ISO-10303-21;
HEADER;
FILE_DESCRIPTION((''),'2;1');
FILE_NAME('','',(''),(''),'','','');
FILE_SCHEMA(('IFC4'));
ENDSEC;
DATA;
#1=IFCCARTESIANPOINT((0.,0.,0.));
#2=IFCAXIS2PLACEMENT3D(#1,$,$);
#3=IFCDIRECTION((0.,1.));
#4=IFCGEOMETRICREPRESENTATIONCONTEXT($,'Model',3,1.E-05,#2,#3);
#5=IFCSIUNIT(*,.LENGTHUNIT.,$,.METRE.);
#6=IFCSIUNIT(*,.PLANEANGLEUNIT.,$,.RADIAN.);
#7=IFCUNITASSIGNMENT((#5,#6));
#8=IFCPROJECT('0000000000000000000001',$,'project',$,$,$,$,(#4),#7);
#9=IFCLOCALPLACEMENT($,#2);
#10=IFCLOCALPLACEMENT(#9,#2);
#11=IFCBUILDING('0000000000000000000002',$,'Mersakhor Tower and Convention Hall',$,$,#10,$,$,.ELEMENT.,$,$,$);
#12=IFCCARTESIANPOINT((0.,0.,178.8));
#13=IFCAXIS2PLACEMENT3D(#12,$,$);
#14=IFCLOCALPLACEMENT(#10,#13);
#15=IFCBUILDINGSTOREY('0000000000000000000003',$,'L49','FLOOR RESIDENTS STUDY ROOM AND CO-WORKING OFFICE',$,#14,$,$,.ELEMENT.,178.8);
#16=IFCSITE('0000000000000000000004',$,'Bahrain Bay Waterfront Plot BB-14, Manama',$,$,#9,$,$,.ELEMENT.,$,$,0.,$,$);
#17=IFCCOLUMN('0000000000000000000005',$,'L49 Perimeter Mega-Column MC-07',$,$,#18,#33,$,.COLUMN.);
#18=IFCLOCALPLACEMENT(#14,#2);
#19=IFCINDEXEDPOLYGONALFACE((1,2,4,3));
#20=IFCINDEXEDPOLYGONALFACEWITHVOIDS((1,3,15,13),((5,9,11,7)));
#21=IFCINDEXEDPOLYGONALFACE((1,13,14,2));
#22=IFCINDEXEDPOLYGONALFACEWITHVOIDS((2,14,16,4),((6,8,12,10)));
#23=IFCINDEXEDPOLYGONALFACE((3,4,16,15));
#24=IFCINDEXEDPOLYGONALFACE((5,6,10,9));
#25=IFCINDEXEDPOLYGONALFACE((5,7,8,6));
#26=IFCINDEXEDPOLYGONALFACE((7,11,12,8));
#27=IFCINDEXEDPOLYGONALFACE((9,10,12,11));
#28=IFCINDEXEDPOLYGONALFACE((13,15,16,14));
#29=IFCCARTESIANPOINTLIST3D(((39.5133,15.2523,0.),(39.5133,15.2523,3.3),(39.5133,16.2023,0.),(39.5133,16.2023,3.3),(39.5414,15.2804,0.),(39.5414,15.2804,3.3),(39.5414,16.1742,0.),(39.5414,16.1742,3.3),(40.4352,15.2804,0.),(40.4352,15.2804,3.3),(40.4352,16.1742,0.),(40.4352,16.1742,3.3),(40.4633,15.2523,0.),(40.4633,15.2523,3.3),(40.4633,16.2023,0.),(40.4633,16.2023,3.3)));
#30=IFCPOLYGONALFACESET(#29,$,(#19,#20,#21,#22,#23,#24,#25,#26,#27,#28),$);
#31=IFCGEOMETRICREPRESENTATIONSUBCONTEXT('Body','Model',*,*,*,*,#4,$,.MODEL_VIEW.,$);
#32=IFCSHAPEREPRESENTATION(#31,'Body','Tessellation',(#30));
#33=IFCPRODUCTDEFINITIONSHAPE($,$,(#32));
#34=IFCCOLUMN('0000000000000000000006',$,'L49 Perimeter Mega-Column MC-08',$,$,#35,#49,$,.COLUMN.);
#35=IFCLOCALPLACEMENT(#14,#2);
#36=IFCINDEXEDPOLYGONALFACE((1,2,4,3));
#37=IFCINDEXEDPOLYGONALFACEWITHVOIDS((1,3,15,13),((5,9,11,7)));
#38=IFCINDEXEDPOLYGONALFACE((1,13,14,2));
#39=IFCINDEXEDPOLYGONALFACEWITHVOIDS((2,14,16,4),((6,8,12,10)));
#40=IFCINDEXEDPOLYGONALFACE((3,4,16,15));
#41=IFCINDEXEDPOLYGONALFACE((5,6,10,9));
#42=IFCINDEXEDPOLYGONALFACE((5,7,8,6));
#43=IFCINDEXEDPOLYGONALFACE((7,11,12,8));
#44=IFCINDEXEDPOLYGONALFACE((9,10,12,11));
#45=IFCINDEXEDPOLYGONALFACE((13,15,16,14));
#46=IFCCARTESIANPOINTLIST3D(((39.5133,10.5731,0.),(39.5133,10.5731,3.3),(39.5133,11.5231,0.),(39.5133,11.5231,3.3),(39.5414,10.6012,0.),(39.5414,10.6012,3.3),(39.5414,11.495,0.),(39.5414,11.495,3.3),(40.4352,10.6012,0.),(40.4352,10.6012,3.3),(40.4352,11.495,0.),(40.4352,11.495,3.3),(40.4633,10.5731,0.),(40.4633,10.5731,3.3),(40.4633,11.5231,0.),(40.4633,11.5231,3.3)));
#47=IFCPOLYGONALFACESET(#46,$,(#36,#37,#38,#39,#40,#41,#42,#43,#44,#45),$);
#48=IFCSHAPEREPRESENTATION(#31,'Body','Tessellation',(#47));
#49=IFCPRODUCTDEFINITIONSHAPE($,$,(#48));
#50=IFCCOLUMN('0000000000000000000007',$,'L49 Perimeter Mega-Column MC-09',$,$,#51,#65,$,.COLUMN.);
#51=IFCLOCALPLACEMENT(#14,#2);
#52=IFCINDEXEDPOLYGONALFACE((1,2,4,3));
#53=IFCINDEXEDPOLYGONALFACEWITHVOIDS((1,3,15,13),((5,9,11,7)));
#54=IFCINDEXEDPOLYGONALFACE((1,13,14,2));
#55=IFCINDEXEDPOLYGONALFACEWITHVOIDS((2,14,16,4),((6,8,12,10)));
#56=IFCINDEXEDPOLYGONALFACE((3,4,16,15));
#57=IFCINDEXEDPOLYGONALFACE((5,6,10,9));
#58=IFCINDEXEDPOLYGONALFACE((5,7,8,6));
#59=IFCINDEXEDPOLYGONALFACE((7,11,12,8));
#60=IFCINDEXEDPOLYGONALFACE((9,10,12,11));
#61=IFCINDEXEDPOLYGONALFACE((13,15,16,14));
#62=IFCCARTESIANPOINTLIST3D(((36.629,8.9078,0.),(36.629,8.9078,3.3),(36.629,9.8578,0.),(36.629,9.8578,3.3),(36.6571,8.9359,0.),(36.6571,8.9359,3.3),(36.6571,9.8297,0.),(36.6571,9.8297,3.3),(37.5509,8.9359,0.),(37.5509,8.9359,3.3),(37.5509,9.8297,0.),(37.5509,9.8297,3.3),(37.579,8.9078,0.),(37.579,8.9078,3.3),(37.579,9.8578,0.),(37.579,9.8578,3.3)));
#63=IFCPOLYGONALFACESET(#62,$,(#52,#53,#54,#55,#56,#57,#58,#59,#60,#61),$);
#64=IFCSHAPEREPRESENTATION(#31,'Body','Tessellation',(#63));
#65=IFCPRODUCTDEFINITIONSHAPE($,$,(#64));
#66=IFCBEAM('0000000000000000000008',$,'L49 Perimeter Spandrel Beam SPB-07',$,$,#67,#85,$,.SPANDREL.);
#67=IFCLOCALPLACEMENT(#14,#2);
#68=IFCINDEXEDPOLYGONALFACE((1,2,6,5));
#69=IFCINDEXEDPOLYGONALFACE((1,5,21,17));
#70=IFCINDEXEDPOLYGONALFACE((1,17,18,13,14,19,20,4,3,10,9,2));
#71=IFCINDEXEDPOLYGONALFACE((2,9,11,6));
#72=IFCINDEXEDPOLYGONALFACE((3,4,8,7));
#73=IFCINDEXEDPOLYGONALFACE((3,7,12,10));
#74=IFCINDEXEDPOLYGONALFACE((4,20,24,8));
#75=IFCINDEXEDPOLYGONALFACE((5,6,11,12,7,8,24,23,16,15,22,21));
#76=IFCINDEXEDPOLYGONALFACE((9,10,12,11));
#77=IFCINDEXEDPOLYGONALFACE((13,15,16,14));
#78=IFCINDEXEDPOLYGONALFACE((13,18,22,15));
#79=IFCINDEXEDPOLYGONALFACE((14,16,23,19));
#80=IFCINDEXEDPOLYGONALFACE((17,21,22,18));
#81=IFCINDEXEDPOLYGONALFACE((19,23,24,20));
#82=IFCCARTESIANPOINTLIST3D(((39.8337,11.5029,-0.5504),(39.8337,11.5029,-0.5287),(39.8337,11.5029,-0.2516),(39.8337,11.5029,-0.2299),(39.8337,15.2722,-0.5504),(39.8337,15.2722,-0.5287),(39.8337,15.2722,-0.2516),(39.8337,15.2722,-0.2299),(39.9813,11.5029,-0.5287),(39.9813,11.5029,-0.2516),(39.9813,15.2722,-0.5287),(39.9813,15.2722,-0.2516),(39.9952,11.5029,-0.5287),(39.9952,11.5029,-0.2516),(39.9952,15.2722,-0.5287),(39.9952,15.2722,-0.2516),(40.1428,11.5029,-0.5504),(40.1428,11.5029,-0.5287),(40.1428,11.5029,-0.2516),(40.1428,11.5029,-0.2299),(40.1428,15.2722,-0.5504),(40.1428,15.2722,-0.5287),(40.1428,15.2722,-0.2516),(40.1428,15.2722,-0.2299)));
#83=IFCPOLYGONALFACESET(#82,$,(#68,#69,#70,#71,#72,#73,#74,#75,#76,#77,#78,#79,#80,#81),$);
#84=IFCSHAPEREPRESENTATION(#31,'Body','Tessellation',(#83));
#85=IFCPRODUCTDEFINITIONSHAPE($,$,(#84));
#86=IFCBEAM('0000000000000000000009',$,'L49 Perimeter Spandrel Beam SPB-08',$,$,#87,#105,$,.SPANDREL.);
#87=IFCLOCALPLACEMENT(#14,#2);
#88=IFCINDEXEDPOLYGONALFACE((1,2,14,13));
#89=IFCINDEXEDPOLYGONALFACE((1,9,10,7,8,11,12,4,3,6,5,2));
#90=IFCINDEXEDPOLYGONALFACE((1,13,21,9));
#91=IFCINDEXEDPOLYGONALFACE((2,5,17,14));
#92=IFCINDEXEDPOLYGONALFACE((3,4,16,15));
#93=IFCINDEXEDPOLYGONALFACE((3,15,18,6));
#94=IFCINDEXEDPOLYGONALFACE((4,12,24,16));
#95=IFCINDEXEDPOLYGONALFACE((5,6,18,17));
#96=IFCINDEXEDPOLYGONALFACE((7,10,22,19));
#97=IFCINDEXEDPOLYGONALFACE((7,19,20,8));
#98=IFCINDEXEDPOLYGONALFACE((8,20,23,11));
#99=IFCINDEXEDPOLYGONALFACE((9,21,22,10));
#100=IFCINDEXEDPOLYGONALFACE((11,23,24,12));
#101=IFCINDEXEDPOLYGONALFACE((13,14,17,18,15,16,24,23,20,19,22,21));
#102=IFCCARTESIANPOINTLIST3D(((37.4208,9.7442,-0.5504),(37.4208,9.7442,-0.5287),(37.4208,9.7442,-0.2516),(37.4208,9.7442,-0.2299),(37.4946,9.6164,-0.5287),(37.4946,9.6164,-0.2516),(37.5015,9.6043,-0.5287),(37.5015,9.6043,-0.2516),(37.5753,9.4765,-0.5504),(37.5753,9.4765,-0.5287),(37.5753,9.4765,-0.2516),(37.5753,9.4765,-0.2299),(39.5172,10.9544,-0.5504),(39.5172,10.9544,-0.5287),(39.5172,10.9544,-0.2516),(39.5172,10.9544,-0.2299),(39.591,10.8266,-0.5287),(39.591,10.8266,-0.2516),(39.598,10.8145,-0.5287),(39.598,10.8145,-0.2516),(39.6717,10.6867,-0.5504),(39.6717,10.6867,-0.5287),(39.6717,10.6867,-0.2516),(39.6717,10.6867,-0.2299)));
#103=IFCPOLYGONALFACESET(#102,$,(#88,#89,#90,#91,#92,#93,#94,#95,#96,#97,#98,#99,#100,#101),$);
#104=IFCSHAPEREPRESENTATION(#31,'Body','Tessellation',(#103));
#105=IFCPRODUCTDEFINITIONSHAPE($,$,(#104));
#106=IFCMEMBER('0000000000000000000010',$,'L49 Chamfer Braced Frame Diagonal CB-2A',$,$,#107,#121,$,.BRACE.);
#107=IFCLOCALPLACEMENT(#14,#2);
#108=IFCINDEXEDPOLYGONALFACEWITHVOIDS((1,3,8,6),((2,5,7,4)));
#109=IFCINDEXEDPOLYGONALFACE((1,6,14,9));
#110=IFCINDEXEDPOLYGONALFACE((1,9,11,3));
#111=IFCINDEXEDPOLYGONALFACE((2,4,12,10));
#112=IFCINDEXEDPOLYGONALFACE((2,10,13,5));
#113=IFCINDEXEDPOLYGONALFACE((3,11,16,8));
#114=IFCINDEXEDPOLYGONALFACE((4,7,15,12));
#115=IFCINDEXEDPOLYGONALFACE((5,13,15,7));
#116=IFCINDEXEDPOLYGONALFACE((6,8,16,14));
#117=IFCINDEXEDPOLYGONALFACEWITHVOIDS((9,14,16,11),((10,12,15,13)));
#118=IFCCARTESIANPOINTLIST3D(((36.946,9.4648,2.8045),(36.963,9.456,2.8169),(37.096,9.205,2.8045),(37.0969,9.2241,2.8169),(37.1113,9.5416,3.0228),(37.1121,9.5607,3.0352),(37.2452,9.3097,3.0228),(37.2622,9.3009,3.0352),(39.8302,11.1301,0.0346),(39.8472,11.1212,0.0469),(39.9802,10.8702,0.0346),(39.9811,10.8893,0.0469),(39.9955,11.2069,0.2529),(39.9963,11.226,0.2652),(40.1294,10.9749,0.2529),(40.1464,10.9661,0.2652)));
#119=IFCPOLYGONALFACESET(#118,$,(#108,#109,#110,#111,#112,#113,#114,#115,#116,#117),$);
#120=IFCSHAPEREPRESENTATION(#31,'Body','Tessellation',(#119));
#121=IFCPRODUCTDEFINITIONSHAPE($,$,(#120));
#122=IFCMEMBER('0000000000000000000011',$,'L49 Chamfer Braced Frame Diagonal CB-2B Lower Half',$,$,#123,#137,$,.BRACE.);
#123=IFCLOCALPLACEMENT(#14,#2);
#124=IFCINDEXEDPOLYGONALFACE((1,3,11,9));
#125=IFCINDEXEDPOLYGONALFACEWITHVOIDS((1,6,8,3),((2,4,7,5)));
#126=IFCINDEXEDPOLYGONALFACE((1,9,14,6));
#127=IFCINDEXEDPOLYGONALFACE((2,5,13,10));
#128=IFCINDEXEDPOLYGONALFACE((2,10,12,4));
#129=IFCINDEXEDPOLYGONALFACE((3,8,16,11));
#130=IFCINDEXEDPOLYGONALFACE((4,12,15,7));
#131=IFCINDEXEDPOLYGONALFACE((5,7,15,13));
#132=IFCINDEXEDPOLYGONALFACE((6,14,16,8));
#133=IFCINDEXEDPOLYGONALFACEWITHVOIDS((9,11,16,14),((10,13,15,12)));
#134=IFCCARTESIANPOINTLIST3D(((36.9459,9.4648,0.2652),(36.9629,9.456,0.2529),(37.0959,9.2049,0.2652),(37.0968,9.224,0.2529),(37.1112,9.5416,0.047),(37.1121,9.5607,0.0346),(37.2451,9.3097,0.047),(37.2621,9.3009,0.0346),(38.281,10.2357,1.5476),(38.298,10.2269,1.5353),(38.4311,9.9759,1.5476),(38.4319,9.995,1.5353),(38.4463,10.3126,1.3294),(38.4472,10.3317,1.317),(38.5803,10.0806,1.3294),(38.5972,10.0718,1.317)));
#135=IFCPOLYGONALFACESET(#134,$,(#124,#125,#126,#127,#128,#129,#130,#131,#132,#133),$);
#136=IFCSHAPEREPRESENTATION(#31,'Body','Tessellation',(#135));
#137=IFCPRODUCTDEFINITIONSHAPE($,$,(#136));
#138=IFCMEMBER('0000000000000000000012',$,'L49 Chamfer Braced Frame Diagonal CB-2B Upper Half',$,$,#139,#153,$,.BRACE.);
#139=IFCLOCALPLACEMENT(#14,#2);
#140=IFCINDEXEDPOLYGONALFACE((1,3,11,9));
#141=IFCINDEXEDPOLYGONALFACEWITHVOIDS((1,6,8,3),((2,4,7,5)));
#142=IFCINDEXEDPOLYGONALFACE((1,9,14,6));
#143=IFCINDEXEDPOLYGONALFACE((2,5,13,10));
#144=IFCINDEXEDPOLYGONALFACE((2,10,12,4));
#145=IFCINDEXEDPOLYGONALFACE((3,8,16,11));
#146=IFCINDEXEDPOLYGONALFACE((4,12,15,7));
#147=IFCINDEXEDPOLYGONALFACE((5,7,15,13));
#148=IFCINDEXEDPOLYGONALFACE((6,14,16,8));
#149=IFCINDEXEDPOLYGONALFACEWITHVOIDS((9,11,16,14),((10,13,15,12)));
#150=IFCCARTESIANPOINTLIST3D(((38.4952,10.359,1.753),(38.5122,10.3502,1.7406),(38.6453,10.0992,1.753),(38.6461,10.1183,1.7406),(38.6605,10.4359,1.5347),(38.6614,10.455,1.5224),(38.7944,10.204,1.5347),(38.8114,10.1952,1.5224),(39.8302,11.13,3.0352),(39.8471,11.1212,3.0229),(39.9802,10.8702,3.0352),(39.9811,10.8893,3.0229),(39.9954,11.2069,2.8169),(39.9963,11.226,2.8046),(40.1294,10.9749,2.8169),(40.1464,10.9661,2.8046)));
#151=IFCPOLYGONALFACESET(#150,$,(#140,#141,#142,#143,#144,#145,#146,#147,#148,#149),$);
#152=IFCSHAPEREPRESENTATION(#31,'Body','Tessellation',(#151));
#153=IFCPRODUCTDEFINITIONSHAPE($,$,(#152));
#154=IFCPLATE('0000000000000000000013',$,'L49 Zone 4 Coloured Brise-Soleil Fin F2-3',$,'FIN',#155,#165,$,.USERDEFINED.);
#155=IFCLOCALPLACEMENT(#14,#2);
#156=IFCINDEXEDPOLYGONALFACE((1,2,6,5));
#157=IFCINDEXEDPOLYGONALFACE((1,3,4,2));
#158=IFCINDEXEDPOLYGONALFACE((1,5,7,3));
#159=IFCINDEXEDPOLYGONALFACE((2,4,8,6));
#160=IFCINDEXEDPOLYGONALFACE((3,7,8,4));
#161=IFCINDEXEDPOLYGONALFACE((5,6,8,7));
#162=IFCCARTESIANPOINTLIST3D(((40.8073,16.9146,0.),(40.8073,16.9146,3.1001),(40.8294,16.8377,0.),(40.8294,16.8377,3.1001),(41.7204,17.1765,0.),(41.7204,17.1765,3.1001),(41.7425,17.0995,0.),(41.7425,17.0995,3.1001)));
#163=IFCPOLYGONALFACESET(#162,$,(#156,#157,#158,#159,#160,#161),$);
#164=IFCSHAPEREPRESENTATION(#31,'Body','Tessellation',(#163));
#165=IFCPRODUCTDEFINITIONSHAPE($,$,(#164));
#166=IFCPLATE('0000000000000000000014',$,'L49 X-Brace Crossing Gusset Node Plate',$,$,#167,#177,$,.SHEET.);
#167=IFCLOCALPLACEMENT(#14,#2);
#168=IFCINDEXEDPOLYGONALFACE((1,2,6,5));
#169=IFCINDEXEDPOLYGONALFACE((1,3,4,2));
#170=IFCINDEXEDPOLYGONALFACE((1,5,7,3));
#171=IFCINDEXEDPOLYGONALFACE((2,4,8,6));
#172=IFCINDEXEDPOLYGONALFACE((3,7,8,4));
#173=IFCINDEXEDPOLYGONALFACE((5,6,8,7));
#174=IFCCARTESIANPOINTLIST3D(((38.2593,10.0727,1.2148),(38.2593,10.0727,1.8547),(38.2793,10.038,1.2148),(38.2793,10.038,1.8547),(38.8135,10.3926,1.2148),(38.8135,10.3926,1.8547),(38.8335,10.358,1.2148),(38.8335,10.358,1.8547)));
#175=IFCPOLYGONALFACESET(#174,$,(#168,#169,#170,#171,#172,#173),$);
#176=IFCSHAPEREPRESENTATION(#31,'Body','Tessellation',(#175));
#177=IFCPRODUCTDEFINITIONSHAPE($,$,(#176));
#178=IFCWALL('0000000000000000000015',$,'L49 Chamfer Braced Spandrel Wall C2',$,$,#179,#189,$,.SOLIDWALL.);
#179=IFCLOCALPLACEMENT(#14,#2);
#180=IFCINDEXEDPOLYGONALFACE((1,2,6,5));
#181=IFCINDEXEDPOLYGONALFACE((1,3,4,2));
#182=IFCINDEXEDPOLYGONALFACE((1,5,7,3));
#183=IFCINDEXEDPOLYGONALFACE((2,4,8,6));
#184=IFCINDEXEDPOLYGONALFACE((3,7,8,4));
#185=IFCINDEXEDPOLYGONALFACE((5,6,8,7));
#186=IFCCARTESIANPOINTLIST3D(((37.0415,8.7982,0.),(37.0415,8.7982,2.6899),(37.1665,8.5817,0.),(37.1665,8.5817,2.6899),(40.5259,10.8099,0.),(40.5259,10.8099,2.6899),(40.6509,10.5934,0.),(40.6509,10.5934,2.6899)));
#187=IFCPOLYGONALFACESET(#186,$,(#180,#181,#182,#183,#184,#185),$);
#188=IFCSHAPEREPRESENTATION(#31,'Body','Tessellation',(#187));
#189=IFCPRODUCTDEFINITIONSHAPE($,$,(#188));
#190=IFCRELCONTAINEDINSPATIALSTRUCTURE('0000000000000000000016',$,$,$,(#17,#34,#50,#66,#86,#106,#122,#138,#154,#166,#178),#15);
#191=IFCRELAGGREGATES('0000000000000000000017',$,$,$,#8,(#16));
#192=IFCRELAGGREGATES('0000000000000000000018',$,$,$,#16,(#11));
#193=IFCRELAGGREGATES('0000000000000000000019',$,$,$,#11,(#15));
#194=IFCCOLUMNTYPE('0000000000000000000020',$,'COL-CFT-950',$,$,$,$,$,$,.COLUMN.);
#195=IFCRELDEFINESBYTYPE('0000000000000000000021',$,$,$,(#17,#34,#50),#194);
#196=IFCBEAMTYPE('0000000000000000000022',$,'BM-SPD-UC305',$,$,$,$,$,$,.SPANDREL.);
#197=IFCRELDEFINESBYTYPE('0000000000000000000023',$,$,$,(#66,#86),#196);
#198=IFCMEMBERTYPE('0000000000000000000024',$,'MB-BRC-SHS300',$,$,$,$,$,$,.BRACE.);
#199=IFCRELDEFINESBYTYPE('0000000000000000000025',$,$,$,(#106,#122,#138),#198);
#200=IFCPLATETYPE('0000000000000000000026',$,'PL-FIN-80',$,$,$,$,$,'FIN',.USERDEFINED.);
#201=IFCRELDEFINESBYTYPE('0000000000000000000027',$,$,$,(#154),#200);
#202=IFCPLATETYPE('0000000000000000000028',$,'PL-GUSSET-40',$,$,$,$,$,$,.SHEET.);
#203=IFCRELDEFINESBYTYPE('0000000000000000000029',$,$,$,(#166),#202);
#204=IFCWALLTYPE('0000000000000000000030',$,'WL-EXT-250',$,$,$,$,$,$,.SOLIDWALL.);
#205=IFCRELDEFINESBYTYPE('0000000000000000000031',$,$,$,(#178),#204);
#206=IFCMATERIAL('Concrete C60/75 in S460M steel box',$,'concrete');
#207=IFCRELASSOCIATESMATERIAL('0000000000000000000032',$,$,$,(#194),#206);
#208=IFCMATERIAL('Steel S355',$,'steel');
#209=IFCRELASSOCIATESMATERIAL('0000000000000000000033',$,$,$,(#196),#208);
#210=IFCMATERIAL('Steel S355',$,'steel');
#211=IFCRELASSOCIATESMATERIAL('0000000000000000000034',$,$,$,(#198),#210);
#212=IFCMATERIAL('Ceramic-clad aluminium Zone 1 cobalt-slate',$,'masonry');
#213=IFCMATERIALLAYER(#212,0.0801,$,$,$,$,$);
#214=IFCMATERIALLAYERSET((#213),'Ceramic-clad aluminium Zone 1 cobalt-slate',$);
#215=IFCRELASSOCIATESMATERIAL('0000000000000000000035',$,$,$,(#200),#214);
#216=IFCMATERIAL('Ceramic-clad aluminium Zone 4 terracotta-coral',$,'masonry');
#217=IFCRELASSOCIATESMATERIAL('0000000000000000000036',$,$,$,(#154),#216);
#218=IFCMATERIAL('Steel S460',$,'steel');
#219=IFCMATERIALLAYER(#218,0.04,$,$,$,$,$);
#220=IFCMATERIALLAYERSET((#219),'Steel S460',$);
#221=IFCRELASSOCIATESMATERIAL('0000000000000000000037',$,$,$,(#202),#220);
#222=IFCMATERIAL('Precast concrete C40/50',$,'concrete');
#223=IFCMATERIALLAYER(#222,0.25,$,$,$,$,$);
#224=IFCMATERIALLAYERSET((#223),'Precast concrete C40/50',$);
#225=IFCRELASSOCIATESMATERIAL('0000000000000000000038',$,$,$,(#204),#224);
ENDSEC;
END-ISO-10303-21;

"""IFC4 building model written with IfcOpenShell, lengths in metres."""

from ifc_helpers import new_model, si_unit, direction, frame, frame_2d, origin, origin_2d, place, context, subcontext, project, spatial, rectangle, hollow_rectangle, i_section, extrude, material, layer, layer_set, material_profile, profile_set, type_object, element, save


model = new_model("IFC4")

# Units and contexts
model_context = context("Model", 3, precision=1e-05, world=origin(), true_north=direction((0.0, 1.0)))
body_context = subcontext(model_context, "Body", "Model", "MODEL_VIEW")
ifc_project = project(units=[si_unit("LENGTHUNIT", "METRE"), si_unit("PLANEANGLEUNIT", "RADIAN")], contexts=[model_context])

# Site, building, storey
site_placement = place(None, origin())
site = spatial("IfcSite", under=ifc_project, at=site_placement, Name="Bahrain Bay Waterfront Plot BB-14, Manama", CompositionType="ELEMENT", RefElevation=0.0)
building_placement = place(site_placement, origin())
building = spatial("IfcBuilding", under=site, at=building_placement, Name="Mersakhor Tower and Convention Hall", CompositionType="ELEMENT")
storey_placement = place(building_placement, frame((0.0, 0.0, 178.8)))
storey = spatial("IfcBuildingStorey", under=building, at=storey_placement, Name="L49", Description="FLOOR RESIDENTS STUDY ROOM AND CO-WORKING OFFICE", CompositionType="ELEMENT", Elevation=178.8)

# Columns
ifc_material_1 = material(Name="Concrete C60/75 in S460M steel box", Category="concrete")
ifc_material_profile_1 = material_profile(ifc_material_1, hollow_rectangle(XDim=0.95, YDim=0.95, WallThickness=0.0281, at=origin_2d()), Name="SHS 950x950x28")
ifc_profile_set_1 = profile_set([ifc_material_profile_1], Name="Concrete C60/75 in S460M steel box")
column_type = type_object("IfcColumnType", Name="COL-CFT-950", PredefinedType="COLUMN", material=ifc_profile_set_1)
for number, where, z_axis, x_axis, name in (
    (1, (39.9883, 15.7273, 0.0), (0.0, 0.0, 1.0), (1.0, 0.0, 0.0), "L49 Perimeter Mega-Column MC-07"),
    (2, (39.9883, 11.0481, 0.0), (0.0, 0.0, 1.0), (1.0, 0.0, 0.0), "L49 Perimeter Mega-Column MC-08"),
    (3, (37.104, 9.3828, 0.0), (0.0, 0.0, 1.0), (1.0, 0.0, 0.0), "L49 Perimeter Mega-Column MC-09"),
):
    element("IfcColumn", number, at=place(storey_placement, frame(where, z_axis=z_axis, x_axis=x_axis)), inside=storey, type_object=column_type, Name=name, PredefinedType="COLUMN", context=body_context, shape_type="SweptSolid", body=[
        extrude(hollow_rectangle(XDim=0.95, YDim=0.95, WallThickness=0.0281, at=origin_2d()), origin(), (0.0, 0.0, 1.0), 3.3),
    ])

# Beams
ifc_material_2 = material(Name="Steel S355", Category="steel")
ifc_material_profile_2 = material_profile(ifc_material_2, i_section(OverallWidth=0.3091, OverallDepth=0.3206, WebThickness=0.0139, FlangeThickness=0.0217, at=origin_2d()), Name="UC 305x305x137")
ifc_profile_set_2 = profile_set([ifc_material_profile_2], Name="Steel S355")
beam_type = type_object("IfcBeamType", Name="BM-SPD-UC305", PredefinedType="SPANDREL", material=ifc_profile_set_2)
beam_1_placement = place(storey_placement, frame((39.9883, 15.2722, -0.3901), z_axis=(0.0, -1.0, 0.0), x_axis=(1.0, 0.0, 0.0)))
element("IfcBeam", 4, at=beam_1_placement, inside=storey, type_object=beam_type, Name="L49 Perimeter Spandrel Beam SPB-07", PredefinedType="SPANDREL", context=body_context, shape_type="SweptSolid", body=[
    extrude(i_section(OverallWidth=0.3091, OverallDepth=0.3206, WebThickness=0.0139, FlangeThickness=0.0217, at=origin_2d()), origin(), (0.0, 0.0, 1.0), 3.7693),
])
beam_2_placement = place(storey_placement, frame((39.5945, 10.8206, -0.3901), z_axis=(-0.866056, -0.499947, 0.0), x_axis=(0.499947, -0.866056, 0.0)))
element("IfcBeam", 5, at=beam_2_placement, inside=storey, type_object=beam_type, Name="L49 Perimeter Spandrel Beam SPB-08", PredefinedType="SPANDREL", context=body_context, shape_type="SweptSolid", body=[
    extrude(i_section(OverallWidth=0.3091, OverallDepth=0.3206, WebThickness=0.0139, FlangeThickness=0.0217, at=origin_2d()), origin(), (0.0, 0.0, 1.0), 2.4207),
])

# Members
ifc_material_3 = material(Name="Steel S355", Category="steel")
ifc_material_profile_3 = material_profile(ifc_material_3, hollow_rectangle(XDim=0.3, YDim=0.3, WallThickness=0.0161, at=origin_2d()), Name="SHS 300x300x16")
ifc_profile_set_3 = profile_set([ifc_material_profile_3], Name="Steel S355")
member_type = type_object("IfcMemberType", Name="MB-BRC-SHS300", PredefinedType="BRACE", material=ifc_profile_set_3)
member_1_placement = place(storey_placement, frame((39.9883, 11.0481, 0.1499), z_axis=(-0.665825, -0.384425, 0.639449), x_axis=(0.50001, -0.86602, 0.0)))
element("IfcMember", 6, at=member_1_placement, inside=storey, type_object=member_type, Name="L49 Chamfer Braced Frame Diagonal CB-2A", PredefinedType="BRACE", context=body_context, shape_type="SweptSolid", body=[
    extrude(hollow_rectangle(XDim=0.3, YDim=0.3, WallThickness=0.0161, at=origin_2d()), origin(), (0.0, 0.0, 1.0), 4.3318),
])
member_2_placement = place(storey_placement, frame((37.104, 9.3828, 0.1499), z_axis=(0.665779, 0.384445, 0.639484), x_axis=(-0.500056, 0.865993, 0.0)))
element("IfcMember", 7, at=member_2_placement, inside=storey, type_object=member_type, Name="L49 Chamfer Braced Frame Diagonal CB-2B Lower Half", PredefinedType="BRACE", context=body_context, shape_type="SweptSolid", body=[
    extrude(hollow_rectangle(XDim=0.3, YDim=0.3, WallThickness=0.0161, at=origin_2d()), origin(), (0.0, 0.0, 1.0), 2.0054),
])
member_3_placement = place(storey_placement, frame((38.6533, 10.2771, 1.6377), z_axis=(0.665763, 0.384506, 0.639464), x_axis=(-0.500125, 0.865953, 0.0)))
element("IfcMember", 8, at=member_3_placement, inside=storey, type_object=member_type, Name="L49 Chamfer Braced Frame Diagonal CB-2B Upper Half", PredefinedType="BRACE", context=body_context, shape_type="SweptSolid", body=[
    extrude(hollow_rectangle(XDim=0.3, YDim=0.3, WallThickness=0.0161, at=origin_2d()), origin(), (0.0, 0.0, 1.0), 2.0051),
])

# Plates
ifc_material_4 = material(Name="Ceramic-clad aluminium Zone 4 terracotta-coral", Category="masonry")
ifc_material_5 = material(Name="Ceramic-clad aluminium Zone 1 cobalt-slate", Category="masonry")
ifc_layer_1 = layer(ifc_material_5, 0.0801)
ifc_layer_set_1 = layer_set([ifc_layer_1], Name="Ceramic-clad aluminium Zone 1 cobalt-slate")
plate_type_1 = type_object("IfcPlateType", Name="PL-FIN-80", ElementType="FIN", PredefinedType="USERDEFINED", material=ifc_layer_set_1)
plate_1_placement = place(storey_placement, frame((41.2749, 17.0071, 0.0), z_axis=(0.0, 0.0, 1.0), x_axis=(0.961262, 0.275637, 0.0)))
element("IfcPlate", 9, at=plate_1_placement, inside=storey, type_object=plate_type_1, material=ifc_material_4, Name="L49 Zone 4 Coloured Brise-Soleil Fin F2-3", ObjectType="FIN", PredefinedType="USERDEFINED", context=body_context, shape_type="SweptSolid", body=[
    extrude(rectangle(XDim=0.95, YDim=0.0801, at=origin_2d()), origin(), (0.0, 0.0, 1.0), 3.1001),
])
ifc_material_6 = material(Name="Steel S460", Category="steel")
ifc_layer_2 = layer(ifc_material_6, 0.04)
ifc_layer_set_2 = layer_set([ifc_layer_2], Name="Steel S460")
plate_type_2 = type_object("IfcPlateType", Name="PL-GUSSET-40", PredefinedType="SHEET", material=ifc_layer_set_2)
plate_2_placement = place(storey_placement, frame((38.5464, 10.2153, 1.2148), z_axis=(0.0, 0.0, 1.0), x_axis=(0.866025, 0.5, 0.0)))
element("IfcPlate", 10, at=plate_2_placement, inside=storey, type_object=plate_type_2, Name="L49 X-Brace Crossing Gusset Node Plate", PredefinedType="SHEET", context=body_context, shape_type="SweptSolid", body=[
    extrude(rectangle(XDim=0.6399, YDim=0.04, at=origin_2d()), origin(), (0.0, 0.0, 1.0), 0.6399),
])

# Wall
ifc_material_7 = material(Name="Precast concrete C40/50", Category="concrete")
ifc_layer_3 = layer(ifc_material_7, 0.25)
ifc_layer_set_3 = layer_set([ifc_layer_3], Name="Precast concrete C40/50")
wall_type_1 = type_object("IfcWallType", Name="WL-EXT-250", PredefinedType="SOLIDWALL", material=ifc_layer_set_3)
wall_1_placement = place(storey_placement, frame((40.5884, 10.7017, 0.0), z_axis=(0.0, 0.0, 1.0), x_axis=(-0.866024, -0.500003, 0.0)))
element("IfcWall", 11, at=wall_1_placement, inside=storey, type_object=wall_type_1, Name="L49 Chamfer Braced Spandrel Wall C2", PredefinedType="SOLIDWALL", context=body_context, shape_type="SweptSolid", body=[
    extrude(rectangle(XDim=4.0234, YDim=0.25, at=frame_2d((2.0117, 0.0))), origin(), (0.0, 0.0, 1.0), 2.6899),
])

save(model, "model.ifc")
